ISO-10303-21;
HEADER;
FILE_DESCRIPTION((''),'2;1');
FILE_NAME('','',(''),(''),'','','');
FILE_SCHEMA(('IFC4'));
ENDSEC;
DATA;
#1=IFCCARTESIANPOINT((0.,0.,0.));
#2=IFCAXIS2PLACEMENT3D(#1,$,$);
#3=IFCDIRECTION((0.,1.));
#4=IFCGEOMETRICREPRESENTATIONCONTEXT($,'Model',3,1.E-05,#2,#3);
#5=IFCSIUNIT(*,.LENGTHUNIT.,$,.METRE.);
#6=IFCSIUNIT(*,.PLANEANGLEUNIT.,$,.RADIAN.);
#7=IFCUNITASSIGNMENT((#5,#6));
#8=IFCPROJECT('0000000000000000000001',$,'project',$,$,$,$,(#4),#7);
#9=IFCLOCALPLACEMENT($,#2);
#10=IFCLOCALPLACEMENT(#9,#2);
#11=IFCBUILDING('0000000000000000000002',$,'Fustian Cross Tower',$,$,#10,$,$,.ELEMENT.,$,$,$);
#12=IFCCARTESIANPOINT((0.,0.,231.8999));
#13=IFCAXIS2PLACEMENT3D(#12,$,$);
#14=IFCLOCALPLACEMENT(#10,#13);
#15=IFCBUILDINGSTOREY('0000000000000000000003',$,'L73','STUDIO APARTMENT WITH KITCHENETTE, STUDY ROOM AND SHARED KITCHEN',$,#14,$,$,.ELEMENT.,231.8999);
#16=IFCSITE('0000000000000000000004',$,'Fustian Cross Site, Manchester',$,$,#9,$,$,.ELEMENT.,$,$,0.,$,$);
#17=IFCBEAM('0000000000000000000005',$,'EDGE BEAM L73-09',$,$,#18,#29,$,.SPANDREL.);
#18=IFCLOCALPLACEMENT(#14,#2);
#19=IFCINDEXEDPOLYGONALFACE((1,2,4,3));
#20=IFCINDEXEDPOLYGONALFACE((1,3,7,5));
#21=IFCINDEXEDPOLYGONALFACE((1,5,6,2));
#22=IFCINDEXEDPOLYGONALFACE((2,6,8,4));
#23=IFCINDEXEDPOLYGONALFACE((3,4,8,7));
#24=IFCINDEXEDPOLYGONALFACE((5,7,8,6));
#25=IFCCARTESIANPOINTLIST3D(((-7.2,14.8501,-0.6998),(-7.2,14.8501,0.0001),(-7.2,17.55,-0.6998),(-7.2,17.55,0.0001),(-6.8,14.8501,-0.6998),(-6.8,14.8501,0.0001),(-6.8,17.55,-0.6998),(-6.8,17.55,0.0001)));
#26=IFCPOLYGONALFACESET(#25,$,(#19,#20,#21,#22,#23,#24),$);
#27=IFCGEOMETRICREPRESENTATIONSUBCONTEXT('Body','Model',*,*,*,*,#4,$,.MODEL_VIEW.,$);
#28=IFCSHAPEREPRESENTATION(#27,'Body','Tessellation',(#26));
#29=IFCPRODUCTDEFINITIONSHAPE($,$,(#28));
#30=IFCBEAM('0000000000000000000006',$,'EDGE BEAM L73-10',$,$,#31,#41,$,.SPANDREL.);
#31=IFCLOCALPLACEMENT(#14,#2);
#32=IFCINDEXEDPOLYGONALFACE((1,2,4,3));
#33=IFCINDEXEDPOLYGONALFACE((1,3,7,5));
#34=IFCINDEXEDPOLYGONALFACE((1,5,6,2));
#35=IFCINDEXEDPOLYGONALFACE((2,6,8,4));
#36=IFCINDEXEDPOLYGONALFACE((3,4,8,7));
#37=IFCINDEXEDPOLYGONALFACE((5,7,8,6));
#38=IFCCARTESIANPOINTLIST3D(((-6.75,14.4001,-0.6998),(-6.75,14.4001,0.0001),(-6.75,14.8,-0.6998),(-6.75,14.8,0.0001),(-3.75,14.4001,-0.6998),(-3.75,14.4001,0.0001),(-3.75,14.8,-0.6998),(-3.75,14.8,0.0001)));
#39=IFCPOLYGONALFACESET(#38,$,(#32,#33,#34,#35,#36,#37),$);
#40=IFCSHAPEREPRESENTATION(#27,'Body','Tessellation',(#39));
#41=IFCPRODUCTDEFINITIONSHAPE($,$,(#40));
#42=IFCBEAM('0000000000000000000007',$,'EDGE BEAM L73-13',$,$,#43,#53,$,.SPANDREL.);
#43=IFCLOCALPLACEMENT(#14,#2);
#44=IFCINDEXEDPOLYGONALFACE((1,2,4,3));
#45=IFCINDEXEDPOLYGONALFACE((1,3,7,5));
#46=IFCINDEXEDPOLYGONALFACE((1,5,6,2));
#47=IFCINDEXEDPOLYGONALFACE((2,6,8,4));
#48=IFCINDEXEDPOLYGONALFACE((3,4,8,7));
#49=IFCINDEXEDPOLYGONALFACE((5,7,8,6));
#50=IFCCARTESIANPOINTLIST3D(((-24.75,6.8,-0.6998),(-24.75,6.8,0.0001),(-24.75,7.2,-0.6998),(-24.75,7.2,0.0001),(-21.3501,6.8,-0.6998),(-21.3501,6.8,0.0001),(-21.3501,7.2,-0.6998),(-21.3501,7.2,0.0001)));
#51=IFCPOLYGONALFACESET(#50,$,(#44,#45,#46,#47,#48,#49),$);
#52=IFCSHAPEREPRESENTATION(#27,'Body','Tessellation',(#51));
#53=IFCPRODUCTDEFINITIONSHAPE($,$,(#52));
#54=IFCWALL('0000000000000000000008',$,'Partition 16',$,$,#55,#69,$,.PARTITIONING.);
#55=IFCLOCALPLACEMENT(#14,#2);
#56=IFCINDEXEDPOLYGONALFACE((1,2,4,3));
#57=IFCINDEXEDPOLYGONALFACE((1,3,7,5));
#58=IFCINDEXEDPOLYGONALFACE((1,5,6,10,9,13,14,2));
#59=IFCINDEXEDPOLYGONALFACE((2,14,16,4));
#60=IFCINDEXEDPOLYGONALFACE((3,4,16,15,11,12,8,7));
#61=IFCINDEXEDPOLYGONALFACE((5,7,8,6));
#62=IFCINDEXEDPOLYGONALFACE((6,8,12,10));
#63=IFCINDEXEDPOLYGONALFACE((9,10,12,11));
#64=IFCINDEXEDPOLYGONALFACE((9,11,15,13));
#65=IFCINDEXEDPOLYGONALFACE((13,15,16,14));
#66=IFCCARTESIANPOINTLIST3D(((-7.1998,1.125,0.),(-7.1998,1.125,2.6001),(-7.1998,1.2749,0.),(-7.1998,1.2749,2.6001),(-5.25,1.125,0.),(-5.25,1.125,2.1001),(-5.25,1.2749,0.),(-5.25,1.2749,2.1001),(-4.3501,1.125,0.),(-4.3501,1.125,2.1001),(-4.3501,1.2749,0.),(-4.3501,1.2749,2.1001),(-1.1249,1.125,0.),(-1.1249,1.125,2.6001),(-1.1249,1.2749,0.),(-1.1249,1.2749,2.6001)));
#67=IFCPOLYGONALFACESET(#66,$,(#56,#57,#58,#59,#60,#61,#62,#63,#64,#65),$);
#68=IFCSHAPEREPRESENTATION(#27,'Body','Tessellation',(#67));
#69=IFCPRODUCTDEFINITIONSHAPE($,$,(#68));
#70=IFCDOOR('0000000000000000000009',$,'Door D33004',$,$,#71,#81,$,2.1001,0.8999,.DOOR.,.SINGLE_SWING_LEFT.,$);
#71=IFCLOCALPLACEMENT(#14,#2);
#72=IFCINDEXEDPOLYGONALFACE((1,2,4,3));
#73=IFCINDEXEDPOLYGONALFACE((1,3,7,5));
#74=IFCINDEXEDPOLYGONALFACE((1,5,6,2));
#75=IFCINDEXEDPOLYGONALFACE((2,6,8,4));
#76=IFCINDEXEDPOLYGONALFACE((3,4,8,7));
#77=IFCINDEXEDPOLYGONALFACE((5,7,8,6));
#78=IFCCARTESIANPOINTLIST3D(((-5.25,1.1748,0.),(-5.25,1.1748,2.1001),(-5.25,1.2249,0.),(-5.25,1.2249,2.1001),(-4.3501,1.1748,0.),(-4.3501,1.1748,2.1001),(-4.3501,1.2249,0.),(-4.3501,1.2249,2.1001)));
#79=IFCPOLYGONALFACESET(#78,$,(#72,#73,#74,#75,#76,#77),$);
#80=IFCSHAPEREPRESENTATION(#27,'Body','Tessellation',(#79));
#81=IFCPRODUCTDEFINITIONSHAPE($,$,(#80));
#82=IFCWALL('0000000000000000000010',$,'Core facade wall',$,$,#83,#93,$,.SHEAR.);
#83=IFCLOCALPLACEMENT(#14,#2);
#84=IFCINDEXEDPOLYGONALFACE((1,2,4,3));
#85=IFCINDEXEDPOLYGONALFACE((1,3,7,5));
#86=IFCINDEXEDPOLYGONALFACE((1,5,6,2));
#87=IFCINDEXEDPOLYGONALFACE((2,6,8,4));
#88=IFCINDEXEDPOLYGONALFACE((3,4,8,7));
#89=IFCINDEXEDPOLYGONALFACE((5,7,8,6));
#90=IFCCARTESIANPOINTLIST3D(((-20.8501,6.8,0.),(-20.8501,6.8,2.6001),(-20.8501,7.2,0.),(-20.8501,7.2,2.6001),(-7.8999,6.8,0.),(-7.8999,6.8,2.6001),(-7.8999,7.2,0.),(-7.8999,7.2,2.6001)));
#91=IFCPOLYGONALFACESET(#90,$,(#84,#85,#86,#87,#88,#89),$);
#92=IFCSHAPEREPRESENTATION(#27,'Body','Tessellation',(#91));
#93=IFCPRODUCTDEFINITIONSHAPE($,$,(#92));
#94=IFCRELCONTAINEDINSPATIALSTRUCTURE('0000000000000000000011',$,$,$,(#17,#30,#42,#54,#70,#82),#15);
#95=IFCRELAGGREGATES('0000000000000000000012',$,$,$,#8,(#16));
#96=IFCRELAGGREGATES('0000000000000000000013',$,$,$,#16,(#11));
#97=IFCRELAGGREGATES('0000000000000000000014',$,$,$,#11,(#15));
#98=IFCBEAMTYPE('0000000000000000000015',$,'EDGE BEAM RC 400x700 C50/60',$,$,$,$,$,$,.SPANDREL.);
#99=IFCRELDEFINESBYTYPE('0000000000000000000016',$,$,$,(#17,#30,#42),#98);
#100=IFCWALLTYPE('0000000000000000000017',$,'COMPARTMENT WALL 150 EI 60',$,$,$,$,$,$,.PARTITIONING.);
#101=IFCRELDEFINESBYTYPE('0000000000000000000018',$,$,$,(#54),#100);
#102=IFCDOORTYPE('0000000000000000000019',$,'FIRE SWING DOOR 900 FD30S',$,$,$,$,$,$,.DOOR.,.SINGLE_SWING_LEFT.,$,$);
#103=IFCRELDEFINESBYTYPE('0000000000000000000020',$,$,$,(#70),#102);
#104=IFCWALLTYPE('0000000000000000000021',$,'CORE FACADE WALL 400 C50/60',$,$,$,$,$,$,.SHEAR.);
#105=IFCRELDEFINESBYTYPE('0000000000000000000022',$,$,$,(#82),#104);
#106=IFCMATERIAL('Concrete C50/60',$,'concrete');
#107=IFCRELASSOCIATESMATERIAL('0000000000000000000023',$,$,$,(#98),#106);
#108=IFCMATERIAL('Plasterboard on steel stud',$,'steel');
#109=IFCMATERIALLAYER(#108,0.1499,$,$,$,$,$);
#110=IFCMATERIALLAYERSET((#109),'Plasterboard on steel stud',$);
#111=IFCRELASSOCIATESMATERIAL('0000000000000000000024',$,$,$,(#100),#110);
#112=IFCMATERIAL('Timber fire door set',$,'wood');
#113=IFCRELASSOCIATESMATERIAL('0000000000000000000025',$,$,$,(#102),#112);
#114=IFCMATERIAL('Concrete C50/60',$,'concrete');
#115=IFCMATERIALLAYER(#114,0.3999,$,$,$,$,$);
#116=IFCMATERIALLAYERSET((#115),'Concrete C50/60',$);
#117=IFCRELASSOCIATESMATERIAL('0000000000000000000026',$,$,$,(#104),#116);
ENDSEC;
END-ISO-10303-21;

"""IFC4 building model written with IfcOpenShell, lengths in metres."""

from ifc_helpers import new_model, si_unit, direction, frame, frame_2d, origin, origin_2d, place, context, subcontext, project, spatial, rectangle, extrude, material, layer, layer_set, material_profile, profile_set, type_object, element, fill, save


model = new_model("IFC4")

# Units and contexts
model_context = context("Model", 3, precision=1e-05, world=origin(), true_north=direction((0.0, 1.0)))
body_context = subcontext(model_context, "Body", "Model", "MODEL_VIEW")
ifc_project = project(units=[si_unit("LENGTHUNIT", "METRE"), si_unit("PLANEANGLEUNIT", "RADIAN")], contexts=[model_context])

# Site, building, storey
site_placement = place(None, origin())
site = spatial("IfcSite", under=ifc_project, at=site_placement, Name="Fustian Cross Site, Manchester", CompositionType="ELEMENT", RefElevation=0.0)
building_placement = place(site_placement, origin())
building = spatial("IfcBuilding", under=site, at=building_placement, Name="Fustian Cross Tower", CompositionType="ELEMENT")
storey_placement = place(building_placement, frame((0.0, 0.0, 231.8999)))
storey = spatial("IfcBuildingStorey", under=building, at=storey_placement, Name="L73", Description="STUDIO APARTMENT WITH KITCHENETTE, STUDY ROOM AND SHARED KITCHEN", CompositionType="ELEMENT", Elevation=231.8999)

# Beams
ifc_material_1 = material(Name="Concrete C50/60", Category="concrete")
ifc_material_profile = material_profile(ifc_material_1, rectangle(XDim=0.3999, YDim=0.7, at=origin_2d()), Name="RC 400x700")
ifc_profile_set = profile_set([ifc_material_profile], Name="Concrete C50/60")
beam_type = type_object("IfcBeamType", Name="EDGE BEAM RC 400x700 C50/60", PredefinedType="SPANDREL", material=ifc_profile_set)
beam_1_placement = place(storey_placement, frame((-7.0, 17.55, -0.3499), z_axis=(0.0, -1.0, 0.0), x_axis=(1.0, 0.0, 0.0)))
element("IfcBeam", 1, at=beam_1_placement, inside=storey, type_object=beam_type, Name="EDGE BEAM L73-09", PredefinedType="SPANDREL", context=body_context, shape_type="SweptSolid", body=[
    extrude(rectangle(XDim=0.3999, YDim=0.7, at=origin_2d()), origin(), (0.0, 0.0, 1.0), 2.7),
])
beam_2_placement = place(storey_placement, frame((-6.75, 14.6001, -0.3499), z_axis=(1.0, 0.0, 0.0), x_axis=(0.0, 1.0, 0.0)))
element("IfcBeam", 2, at=beam_2_placement, inside=storey, type_object=beam_type, Name="EDGE BEAM L73-10", PredefinedType="SPANDREL", context=body_context, shape_type="SweptSolid", body=[
    extrude(rectangle(XDim=0.3999, YDim=0.7, at=origin_2d()), origin(), (0.0, 0.0, 1.0), 3.0),
])
beam_3_placement = place(storey_placement, frame((-21.3501, 7.0, -0.3499), z_axis=(-1.0, 0.0, 0.0), x_axis=(0.0, -1.0, 0.0)))
element("IfcBeam", 3, at=beam_3_placement, inside=storey, type_object=beam_type, Name="EDGE BEAM L73-13", PredefinedType="SPANDREL", context=body_context, shape_type="SweptSolid", body=[
    extrude(rectangle(XDim=0.3999, YDim=0.7, at=origin_2d()), origin(), (0.0, 0.0, 1.0), 3.3999),
])

# Wall, opening, door
ifc_material_2 = material(Name="Plasterboard on steel stud", Category="steel")
ifc_layer_1 = layer(ifc_material_2, 0.1499)
ifc_layer_set_1 = layer_set([ifc_layer_1], Name="Plasterboard on steel stud")
wall_type_1 = type_object("IfcWallType", Name="COMPARTMENT WALL 150 EI 60", PredefinedType="PARTITIONING", material=ifc_layer_set_1)
wall_1_placement = place(storey_placement, frame((-7.2, 1.2, 0.0), z_axis=(0.0, 0.0, 1.0), x_axis=(1.0, 0.0, 0.0)))
wall_1 = element("IfcWall", 4, at=wall_1_placement, inside=storey, type_object=wall_type_1, Name="Partition 16", PredefinedType="PARTITIONING", context=body_context, shape_type="SweptSolid", body=[
    extrude(rectangle(XDim=6.075, YDim=0.1499, at=frame_2d((3.0376, 0.0))), origin(), (0.0, 0.0, 1.0), 2.6001),
])
opening_1_placement = place(wall_1_placement, frame((1.95, 0.0, 0.0)))
opening_1 = element("IfcOpeningElement", 5, at=opening_1_placement, cuts=wall_1, PredefinedType="OPENING", context=body_context, shape_type="SweptSolid", body=[
    extrude(rectangle(XDim=0.8999, YDim=2.1001, at=frame_2d((0.45, 1.05))), frame((0.0, 0.085, 0.0), z_axis=(0.0, -1.0, 0.0), x_axis=(1.0, 0.0, 0.0)), (0.0, 0.0, 1.0), 0.1699),
])
ifc_material_3 = material(Name="Timber fire door set", Category="wood")
door_type_1 = type_object("IfcDoorType", Name="FIRE SWING DOOR 900 FD30S", OperationType="SINGLE_SWING_LEFT", PredefinedType="DOOR", material=ifc_material_3)
door_1_placement = place(opening_1_placement, origin())
door_1 = element("IfcDoor", 6, at=door_1_placement, inside=storey, type_object=door_type_1, Name="Door D33004", OperationType="SINGLE_SWING_LEFT", OverallHeight=2.1001, OverallWidth=0.8999, PredefinedType="DOOR", context=body_context, shape_type="SweptSolid", body=[
    extrude(rectangle(XDim=0.8999, YDim=2.1001, at=frame_2d((0.45, 1.05))), frame((0.0, 0.0249, 0.0), z_axis=(0.0, -1.0, 0.0), x_axis=(1.0, 0.0, 0.0)), (0.0, 0.0, 1.0), 0.05),
])
fill(opening_1, door_1)

# Wall
ifc_material_4 = material(Name="Concrete C50/60", Category="concrete")
ifc_layer_2 = layer(ifc_material_4, 0.3999)
ifc_layer_set_2 = layer_set([ifc_layer_2], Name="Concrete C50/60")
wall_type_2 = type_object("IfcWallType", Name="CORE FACADE WALL 400 C50/60", PredefinedType="SHEAR", material=ifc_layer_set_2)
wall_2_placement = place(storey_placement, frame((-7.8999, 7.0, 0.0), z_axis=(0.0, 0.0, 1.0), x_axis=(-1.0, 0.0, 0.0)))
element("IfcWall", 7, at=wall_2_placement, inside=storey, type_object=wall_type_2, Name="Core facade wall", PredefinedType="SHEAR", context=body_context, shape_type="SweptSolid", body=[
    extrude(rectangle(XDim=12.9502, YDim=0.3999, at=frame_2d((6.4751, 0.0))), origin(), (0.0, 0.0, 1.0), 2.6001),
])

save(model, "model.ifc")
